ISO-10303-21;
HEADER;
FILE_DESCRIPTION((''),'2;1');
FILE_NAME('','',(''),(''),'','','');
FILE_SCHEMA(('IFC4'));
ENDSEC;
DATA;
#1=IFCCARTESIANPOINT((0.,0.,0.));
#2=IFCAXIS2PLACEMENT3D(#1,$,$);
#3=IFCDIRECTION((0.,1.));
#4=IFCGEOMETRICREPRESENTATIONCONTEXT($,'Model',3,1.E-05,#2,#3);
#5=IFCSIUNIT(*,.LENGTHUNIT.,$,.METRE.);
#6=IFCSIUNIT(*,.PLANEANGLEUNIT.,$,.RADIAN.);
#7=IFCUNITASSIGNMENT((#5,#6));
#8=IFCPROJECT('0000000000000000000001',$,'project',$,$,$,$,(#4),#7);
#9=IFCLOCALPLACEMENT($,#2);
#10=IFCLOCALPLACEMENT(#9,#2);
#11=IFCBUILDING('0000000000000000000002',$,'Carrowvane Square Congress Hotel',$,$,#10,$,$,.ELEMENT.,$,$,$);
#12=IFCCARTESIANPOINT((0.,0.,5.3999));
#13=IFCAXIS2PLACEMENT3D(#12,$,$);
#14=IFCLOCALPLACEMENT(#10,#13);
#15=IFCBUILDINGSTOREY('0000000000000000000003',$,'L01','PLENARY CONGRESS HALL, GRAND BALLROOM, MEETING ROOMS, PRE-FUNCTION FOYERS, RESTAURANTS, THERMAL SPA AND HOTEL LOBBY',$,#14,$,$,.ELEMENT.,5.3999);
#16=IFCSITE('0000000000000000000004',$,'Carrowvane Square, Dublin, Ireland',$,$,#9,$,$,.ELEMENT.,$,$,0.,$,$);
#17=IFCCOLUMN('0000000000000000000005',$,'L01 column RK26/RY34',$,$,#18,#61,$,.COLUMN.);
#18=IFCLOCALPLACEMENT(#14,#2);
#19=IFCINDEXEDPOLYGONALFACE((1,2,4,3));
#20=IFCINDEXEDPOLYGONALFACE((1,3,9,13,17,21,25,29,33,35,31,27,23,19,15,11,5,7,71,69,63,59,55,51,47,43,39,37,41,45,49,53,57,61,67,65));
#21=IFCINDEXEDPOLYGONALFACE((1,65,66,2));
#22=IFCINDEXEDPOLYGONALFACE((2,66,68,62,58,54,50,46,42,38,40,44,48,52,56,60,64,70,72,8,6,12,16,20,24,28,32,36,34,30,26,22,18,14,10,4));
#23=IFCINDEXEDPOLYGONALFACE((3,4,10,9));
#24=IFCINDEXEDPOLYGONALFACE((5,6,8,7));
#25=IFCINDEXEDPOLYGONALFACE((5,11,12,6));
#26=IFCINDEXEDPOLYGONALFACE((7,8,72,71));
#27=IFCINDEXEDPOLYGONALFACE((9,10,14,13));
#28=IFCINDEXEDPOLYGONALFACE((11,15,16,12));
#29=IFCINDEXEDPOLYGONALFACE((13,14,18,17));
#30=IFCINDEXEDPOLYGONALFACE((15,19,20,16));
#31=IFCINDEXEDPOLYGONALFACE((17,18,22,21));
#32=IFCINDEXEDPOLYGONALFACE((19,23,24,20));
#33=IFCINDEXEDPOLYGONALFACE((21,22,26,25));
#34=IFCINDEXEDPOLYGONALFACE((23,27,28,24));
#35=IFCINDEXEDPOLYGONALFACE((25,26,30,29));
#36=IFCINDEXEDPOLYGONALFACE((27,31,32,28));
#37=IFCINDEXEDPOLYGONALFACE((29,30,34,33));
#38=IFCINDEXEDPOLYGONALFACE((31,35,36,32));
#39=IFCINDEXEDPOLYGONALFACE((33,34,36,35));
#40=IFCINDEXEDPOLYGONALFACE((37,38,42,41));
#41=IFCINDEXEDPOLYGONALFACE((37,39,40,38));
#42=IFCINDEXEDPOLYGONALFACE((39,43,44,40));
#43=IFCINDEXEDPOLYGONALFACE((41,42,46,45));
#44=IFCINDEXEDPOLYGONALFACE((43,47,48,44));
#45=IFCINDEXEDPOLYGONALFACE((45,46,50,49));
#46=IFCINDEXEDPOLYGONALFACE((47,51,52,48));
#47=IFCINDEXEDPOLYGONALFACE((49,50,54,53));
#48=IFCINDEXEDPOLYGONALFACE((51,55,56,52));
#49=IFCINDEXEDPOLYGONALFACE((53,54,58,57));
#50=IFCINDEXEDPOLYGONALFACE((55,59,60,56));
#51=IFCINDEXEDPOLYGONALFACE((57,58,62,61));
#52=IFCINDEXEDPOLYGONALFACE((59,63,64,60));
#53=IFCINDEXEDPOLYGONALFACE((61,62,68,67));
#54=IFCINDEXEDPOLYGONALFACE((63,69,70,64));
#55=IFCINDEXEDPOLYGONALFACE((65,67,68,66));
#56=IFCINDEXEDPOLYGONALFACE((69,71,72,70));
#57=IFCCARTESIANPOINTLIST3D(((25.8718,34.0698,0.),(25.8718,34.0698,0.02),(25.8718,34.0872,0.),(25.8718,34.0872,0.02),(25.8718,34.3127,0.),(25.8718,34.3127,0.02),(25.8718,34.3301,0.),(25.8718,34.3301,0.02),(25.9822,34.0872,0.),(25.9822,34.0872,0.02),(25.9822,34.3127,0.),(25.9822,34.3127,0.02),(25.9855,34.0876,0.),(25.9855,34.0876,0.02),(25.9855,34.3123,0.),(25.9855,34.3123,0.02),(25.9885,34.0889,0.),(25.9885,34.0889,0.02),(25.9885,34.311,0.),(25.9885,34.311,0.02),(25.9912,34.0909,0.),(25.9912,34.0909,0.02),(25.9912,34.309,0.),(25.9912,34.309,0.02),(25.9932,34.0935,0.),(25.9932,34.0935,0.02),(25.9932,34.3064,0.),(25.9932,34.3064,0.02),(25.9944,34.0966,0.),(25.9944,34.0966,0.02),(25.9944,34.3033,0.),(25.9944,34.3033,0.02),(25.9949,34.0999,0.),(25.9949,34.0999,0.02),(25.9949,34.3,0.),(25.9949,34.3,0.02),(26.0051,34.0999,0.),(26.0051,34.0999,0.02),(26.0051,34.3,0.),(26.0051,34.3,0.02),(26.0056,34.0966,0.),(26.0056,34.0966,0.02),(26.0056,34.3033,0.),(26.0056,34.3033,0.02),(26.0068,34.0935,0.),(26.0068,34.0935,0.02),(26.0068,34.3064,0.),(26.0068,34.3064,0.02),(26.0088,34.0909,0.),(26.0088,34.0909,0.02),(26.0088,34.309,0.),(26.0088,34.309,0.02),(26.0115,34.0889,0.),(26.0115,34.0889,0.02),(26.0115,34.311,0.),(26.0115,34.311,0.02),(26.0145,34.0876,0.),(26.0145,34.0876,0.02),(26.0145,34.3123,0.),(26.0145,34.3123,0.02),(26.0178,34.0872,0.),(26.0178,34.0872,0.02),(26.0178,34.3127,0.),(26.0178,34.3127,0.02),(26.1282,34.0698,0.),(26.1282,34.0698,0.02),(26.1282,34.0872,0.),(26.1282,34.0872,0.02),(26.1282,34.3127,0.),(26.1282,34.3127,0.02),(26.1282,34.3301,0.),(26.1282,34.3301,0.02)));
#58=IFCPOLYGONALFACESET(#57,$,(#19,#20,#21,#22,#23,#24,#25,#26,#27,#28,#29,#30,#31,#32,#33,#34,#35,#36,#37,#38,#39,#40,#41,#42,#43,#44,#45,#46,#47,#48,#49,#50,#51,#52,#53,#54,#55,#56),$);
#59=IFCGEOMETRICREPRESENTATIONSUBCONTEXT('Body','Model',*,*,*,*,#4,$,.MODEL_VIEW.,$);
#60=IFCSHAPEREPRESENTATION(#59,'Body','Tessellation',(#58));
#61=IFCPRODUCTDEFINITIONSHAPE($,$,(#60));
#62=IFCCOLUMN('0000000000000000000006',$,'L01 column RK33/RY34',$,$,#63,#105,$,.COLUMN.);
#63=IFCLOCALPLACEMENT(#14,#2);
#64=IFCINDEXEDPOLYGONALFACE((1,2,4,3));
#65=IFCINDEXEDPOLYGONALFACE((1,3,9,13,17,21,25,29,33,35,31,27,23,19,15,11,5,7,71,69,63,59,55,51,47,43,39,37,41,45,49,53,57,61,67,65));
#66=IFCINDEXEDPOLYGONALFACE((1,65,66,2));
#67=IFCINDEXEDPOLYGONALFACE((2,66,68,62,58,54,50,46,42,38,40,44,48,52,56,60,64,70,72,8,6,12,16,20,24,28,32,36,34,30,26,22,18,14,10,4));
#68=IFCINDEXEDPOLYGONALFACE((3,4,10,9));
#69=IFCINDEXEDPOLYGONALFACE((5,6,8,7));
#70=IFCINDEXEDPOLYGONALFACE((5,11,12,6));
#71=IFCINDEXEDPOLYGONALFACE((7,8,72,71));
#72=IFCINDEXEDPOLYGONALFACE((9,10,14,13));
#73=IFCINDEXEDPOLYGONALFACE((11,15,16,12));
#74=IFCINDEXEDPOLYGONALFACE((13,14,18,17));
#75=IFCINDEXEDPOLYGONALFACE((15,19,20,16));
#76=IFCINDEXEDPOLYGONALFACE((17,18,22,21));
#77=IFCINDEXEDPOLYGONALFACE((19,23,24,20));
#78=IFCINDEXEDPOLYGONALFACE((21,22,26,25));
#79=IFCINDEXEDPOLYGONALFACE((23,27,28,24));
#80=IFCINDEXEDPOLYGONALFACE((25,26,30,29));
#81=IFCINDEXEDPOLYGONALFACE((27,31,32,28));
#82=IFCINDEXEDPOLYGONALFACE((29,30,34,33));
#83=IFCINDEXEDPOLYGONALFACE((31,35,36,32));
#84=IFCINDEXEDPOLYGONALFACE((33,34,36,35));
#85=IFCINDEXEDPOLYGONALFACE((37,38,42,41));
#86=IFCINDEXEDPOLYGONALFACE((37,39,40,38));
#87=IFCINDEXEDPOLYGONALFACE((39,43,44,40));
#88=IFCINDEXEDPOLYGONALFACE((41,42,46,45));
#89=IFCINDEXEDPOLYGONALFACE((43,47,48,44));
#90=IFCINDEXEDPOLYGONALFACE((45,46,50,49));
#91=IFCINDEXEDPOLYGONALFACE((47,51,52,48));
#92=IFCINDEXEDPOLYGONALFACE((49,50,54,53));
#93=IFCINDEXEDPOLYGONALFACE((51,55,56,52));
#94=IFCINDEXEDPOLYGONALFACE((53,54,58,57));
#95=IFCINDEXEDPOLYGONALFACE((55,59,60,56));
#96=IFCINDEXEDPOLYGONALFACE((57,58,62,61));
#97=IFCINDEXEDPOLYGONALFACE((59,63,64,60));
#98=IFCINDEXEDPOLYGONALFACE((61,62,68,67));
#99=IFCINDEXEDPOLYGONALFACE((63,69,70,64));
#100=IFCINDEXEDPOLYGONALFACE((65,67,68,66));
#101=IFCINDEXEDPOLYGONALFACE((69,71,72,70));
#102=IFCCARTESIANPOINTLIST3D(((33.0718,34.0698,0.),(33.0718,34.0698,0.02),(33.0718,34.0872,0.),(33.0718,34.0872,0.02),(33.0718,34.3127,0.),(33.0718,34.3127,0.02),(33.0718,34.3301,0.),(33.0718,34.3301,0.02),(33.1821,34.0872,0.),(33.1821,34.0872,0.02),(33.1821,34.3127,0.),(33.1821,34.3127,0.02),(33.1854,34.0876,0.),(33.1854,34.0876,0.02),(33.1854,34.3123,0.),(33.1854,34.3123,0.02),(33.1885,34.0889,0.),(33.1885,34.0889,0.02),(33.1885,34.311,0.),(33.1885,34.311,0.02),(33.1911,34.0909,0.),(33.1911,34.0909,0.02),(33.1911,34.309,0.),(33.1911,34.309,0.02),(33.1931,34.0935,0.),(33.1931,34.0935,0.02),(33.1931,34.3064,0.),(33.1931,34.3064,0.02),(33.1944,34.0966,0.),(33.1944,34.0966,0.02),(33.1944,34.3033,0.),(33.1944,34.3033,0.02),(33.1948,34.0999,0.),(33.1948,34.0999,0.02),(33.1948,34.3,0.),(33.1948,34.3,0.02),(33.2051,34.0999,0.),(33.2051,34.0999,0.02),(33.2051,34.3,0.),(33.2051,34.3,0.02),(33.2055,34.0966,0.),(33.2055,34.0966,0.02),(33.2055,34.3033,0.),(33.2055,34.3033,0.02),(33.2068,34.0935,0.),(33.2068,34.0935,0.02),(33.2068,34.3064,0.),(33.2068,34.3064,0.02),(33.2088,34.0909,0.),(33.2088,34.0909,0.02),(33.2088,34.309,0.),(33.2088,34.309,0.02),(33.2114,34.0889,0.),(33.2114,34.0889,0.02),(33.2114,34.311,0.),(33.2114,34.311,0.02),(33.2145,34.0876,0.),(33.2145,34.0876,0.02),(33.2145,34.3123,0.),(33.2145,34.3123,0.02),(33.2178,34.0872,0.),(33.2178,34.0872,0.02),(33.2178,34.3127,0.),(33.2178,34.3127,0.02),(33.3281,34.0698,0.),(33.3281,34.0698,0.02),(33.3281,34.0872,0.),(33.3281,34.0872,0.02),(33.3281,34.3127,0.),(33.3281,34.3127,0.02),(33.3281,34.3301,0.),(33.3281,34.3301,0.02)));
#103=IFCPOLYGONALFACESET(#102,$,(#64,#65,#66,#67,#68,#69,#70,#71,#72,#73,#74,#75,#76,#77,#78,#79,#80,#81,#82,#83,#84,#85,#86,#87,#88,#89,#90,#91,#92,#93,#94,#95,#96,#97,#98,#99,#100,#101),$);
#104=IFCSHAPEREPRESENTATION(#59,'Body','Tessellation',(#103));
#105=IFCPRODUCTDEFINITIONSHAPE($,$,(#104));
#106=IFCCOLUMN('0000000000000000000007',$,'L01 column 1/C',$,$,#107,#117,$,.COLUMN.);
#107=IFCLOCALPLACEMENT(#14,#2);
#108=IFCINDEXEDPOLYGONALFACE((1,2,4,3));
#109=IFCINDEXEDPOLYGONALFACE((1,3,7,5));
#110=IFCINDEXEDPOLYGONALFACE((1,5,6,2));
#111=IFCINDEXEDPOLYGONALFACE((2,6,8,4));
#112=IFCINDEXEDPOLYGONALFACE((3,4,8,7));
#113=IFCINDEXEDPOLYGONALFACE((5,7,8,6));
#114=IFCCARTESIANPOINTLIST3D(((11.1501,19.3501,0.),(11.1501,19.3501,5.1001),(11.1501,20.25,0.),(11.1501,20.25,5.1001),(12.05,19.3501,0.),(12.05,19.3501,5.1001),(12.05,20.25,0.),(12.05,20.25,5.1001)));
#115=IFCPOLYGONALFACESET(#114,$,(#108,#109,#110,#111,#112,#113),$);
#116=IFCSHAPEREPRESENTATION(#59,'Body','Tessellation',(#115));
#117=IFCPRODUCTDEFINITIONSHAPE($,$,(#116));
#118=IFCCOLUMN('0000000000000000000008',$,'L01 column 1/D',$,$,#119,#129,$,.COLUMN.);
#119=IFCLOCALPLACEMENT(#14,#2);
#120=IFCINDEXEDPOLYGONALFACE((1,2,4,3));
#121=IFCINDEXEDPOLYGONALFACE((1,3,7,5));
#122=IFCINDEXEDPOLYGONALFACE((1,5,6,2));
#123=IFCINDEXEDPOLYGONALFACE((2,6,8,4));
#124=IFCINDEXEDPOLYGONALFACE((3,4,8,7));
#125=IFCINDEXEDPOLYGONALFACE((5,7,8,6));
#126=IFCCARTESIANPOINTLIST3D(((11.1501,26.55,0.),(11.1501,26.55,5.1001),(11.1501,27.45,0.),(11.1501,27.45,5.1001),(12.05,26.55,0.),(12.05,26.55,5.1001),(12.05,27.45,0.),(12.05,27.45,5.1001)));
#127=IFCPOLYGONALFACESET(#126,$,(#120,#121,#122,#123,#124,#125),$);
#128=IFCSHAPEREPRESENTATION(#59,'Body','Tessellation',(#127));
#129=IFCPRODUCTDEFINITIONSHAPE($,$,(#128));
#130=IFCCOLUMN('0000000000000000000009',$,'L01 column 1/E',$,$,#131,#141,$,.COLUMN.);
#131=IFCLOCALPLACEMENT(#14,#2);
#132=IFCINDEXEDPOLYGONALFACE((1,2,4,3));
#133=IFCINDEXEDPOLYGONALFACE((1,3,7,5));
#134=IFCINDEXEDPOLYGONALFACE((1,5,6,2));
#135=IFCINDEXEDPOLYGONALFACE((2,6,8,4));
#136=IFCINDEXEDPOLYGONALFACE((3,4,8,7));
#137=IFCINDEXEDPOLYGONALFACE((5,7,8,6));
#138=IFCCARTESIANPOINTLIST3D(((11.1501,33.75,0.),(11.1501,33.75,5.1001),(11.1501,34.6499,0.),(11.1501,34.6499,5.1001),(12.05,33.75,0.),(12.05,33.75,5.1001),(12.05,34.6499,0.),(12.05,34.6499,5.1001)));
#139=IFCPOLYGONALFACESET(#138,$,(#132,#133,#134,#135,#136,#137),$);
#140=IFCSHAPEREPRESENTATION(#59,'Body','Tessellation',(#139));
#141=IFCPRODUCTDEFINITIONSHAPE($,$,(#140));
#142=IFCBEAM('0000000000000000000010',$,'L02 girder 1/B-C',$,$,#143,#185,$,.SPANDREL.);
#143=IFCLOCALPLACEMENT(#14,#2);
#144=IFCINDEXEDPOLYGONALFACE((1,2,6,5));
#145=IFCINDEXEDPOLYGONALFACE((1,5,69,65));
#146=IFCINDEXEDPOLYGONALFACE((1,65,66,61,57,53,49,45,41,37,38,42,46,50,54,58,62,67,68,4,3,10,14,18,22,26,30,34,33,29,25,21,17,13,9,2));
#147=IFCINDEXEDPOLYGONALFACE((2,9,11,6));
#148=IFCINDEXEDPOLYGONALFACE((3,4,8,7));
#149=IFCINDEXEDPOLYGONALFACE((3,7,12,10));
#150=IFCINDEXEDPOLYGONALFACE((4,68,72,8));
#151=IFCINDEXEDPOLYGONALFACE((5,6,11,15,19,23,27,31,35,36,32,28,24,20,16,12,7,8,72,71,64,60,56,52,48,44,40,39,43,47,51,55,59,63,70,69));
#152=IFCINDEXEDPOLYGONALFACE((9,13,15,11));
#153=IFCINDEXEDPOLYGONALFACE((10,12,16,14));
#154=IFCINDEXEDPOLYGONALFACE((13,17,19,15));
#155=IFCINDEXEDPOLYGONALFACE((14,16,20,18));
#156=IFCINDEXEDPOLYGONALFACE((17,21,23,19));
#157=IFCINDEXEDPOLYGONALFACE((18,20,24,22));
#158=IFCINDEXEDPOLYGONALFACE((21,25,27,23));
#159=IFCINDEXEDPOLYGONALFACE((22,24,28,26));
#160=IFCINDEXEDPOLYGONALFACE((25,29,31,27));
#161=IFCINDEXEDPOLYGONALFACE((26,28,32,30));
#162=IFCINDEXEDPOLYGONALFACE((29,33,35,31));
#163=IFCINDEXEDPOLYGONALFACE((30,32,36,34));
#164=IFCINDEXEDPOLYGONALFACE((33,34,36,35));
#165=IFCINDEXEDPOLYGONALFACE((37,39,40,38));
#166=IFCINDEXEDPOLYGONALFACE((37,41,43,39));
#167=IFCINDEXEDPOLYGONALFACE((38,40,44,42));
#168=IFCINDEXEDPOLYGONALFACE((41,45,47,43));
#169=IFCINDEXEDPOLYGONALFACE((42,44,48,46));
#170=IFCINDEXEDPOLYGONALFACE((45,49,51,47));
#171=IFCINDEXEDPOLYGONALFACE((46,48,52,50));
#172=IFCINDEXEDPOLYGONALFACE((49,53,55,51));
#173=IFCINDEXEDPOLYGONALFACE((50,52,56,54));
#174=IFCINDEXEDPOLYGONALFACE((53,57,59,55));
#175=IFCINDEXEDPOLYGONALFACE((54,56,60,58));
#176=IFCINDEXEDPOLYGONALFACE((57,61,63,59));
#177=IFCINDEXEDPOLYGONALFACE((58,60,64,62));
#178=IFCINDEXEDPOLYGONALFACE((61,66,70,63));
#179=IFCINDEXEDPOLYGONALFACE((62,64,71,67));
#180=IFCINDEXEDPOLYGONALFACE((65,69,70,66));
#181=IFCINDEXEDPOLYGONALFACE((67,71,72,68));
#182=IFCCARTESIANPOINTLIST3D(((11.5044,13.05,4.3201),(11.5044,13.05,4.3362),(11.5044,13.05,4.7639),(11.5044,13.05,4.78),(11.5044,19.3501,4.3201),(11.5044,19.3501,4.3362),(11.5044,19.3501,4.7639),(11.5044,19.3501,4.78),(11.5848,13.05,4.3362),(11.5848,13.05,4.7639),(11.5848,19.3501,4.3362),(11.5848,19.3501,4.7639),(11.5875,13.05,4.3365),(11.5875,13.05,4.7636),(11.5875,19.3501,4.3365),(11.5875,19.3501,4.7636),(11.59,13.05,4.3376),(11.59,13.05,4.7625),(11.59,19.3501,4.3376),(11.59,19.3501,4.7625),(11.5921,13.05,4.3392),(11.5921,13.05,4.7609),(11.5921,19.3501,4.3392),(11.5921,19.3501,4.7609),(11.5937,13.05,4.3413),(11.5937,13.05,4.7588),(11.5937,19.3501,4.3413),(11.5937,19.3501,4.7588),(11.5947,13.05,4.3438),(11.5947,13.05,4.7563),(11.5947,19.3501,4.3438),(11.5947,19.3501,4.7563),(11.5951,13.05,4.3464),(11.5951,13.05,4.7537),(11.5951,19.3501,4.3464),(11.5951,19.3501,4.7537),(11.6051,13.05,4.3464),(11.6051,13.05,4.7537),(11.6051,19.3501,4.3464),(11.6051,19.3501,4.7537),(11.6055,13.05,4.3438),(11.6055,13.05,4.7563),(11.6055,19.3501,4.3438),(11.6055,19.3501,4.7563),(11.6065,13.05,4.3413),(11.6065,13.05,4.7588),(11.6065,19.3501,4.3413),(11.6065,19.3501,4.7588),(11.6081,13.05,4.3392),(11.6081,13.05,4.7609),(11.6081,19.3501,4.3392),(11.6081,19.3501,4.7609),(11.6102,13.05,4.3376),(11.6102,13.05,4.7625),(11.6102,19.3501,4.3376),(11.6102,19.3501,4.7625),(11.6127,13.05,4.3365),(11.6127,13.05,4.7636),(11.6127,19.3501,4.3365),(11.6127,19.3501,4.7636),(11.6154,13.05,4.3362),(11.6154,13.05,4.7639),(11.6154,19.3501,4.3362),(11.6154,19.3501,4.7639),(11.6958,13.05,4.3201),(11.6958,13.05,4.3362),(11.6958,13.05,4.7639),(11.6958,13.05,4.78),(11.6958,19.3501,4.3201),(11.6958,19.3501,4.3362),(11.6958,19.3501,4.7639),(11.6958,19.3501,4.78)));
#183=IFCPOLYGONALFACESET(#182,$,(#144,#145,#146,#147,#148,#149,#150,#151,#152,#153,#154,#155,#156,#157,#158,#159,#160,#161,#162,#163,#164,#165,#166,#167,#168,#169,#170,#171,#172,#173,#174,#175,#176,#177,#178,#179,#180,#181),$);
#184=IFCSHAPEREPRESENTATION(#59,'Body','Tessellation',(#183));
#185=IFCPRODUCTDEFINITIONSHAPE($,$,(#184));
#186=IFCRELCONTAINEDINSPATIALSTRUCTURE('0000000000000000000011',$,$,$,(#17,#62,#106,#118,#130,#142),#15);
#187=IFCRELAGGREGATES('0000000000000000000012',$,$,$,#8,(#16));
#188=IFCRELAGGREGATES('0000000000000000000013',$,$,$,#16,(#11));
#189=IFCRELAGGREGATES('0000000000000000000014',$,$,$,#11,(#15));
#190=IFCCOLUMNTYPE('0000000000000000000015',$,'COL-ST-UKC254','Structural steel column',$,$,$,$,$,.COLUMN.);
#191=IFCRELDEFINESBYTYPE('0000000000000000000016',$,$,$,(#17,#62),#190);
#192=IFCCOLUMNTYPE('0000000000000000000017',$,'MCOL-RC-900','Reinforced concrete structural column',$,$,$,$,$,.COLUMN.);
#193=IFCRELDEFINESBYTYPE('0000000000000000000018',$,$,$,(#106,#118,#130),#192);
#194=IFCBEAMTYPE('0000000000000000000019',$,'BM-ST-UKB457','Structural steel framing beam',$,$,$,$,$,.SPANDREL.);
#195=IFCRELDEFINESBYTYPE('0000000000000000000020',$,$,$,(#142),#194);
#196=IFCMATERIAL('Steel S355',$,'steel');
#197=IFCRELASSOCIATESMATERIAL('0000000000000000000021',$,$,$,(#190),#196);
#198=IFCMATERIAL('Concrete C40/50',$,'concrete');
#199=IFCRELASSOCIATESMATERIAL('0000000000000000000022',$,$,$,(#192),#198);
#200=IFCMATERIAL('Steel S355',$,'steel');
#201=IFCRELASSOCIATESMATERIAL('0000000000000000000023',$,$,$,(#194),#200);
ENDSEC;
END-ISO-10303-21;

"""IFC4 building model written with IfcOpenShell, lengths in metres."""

from ifc_helpers import new_model, si_unit, direction, frame, origin, origin_2d, place, context, subcontext, project, spatial, rectangle, i_section, extrude, material, material_profile, profile_set, type_object, element, save


model = new_model("IFC4")

# Units and contexts
model_context = context("Model", 3, precision=1e-05, world=origin(), true_north=direction((0.0, 1.0)))
body_context = subcontext(model_context, "Body", "Model", "MODEL_VIEW")
ifc_project = project(units=[si_unit("LENGTHUNIT", "METRE"), si_unit("PLANEANGLEUNIT", "RADIAN")], contexts=[model_context])

# Site, building, storey
site_placement = place(None, origin())
site = spatial("IfcSite", under=ifc_project, at=site_placement, Name="Carrowvane Square, Dublin, Ireland", CompositionType="ELEMENT", RefElevation=0.0)
building_placement = place(site_placement, origin())
building = spatial("IfcBuilding", under=site, at=building_placement, Name="Carrowvane Square Congress Hotel", CompositionType="ELEMENT")
storey_placement = place(building_placement, frame((0.0, 0.0, 5.3999)))
storey = spatial("IfcBuildingStorey", under=building, at=storey_placement, Name="L01", Description="PLENARY CONGRESS HALL, GRAND BALLROOM, MEETING ROOMS, PRE-FUNCTION FOYERS, RESTAURANTS, THERMAL SPA AND HOTEL LOBBY", CompositionType="ELEMENT", Elevation=5.3999)

# Columns
ifc_material_1 = material(Name="Steel S355", Category="steel")
ifc_material_profile_1 = material_profile(ifc_material_1, i_section(OverallWidth=0.2563, OverallDepth=0.2603, WebThickness=0.0103, FlangeThickness=0.0173, FilletRadius=0.0127, at=origin_2d()), Name="UKC 254x254x89")
ifc_profile_set_1 = profile_set([ifc_material_profile_1], Name="Steel S355")
column_type_1 = type_object("IfcColumnType", Name="COL-ST-UKC254", Description="Structural steel column", PredefinedType="COLUMN", material=ifc_profile_set_1)
for number, where, z_axis, x_axis, name in (
    (1, (26.0, 34.2, 0.0), (0.0, 0.0, 1.0), (1.0, 0.0, 0.0), "L01 column RK26/RY34"),
    (2, (33.2, 34.2, 0.0), (0.0, 0.0, 1.0), (1.0, 0.0, 0.0), "L01 column RK33/RY34"),
):
    element("IfcColumn", number, at=place(storey_placement, frame(where, z_axis=z_axis, x_axis=x_axis)), inside=storey, type_object=column_type_1, Name=name, PredefinedType="COLUMN", context=body_context, shape_type="SweptSolid", body=[
        extrude(i_section(OverallWidth=0.2563, OverallDepth=0.2603, WebThickness=0.0103, FlangeThickness=0.0173, FilletRadius=0.0127, at=origin_2d()), origin(), (0.0, 0.0, 1.0), 0.02),
    ])
ifc_material_2 = material(Name="Concrete C40/50", Category="concrete")
ifc_material_profile_2 = material_profile(ifc_material_2, rectangle(XDim=0.8999, YDim=0.8999, at=origin_2d()), Name="RC 900x900")
ifc_profile_set_2 = profile_set([ifc_material_profile_2], Name="Concrete C40/50")
column_type_2 = type_object("IfcColumnType", Name="MCOL-RC-900", Description="Reinforced concrete structural column", PredefinedType="COLUMN", material=ifc_profile_set_2)
for number, where, z_axis, x_axis, name in (
    (3, (11.6001, 19.8, 0.0), (0.0, 0.0, 1.0), (1.0, 0.0, 0.0), "L01 column 1/C"),
    (4, (11.6001, 27.0, 0.0), (0.0, 0.0, 1.0), (1.0, 0.0, 0.0), "L01 column 1/D"),
    (5, (11.6001, 34.2, 0.0), (0.0, 0.0, 1.0), (1.0, 0.0, 0.0), "L01 column 1/E"),
):
    element("IfcColumn", number, at=place(storey_placement, frame(where, z_axis=z_axis, x_axis=x_axis)), inside=storey, type_object=column_type_2, Name=name, PredefinedType="COLUMN", context=body_context, shape_type="SweptSolid", body=[
        extrude(rectangle(XDim=0.8999, YDim=0.8999, at=origin_2d()), origin(), (0.0, 0.0, 1.0), 5.1001),
    ])

# Beam
ifc_material_3 = material(Name="Steel S355", Category="steel")
ifc_material_profile_3 = material_profile(ifc_material_3, i_section(OverallWidth=0.1914, OverallDepth=0.46, WebThickness=0.01, FlangeThickness=0.0161, FilletRadius=0.0103, at=origin_2d()), Name="UKB 457x191x82")
ifc_profile_set_3 = profile_set([ifc_material_profile_3], Name="Steel S355")
beam_type_1 = type_object("IfcBeamType", Name="BM-ST-UKB457", Description="Structural steel framing beam", PredefinedType="SPANDREL", material=ifc_profile_set_3)
for number, where, z_axis, x_axis, name in (
    (6, (11.6001, 13.05, 4.55), (0.0, 1.0, 0.0), (-1.0, 0.0, 0.0), "L02 girder 1/B-C"),
):
    element("IfcBeam", number, at=place(storey_placement, frame(where, z_axis=z_axis, x_axis=x_axis)), inside=storey, type_object=beam_type_1, Name=name, PredefinedType="SPANDREL", context=body_context, shape_type="SweptSolid", body=[
        extrude(i_section(OverallWidth=0.1914, OverallDepth=0.46, WebThickness=0.01, FlangeThickness=0.0161, FilletRadius=0.0103, at=origin_2d()), origin(), (0.0, 0.0, 1.0), 6.3),
    ])

save(model, "model.ifc")
